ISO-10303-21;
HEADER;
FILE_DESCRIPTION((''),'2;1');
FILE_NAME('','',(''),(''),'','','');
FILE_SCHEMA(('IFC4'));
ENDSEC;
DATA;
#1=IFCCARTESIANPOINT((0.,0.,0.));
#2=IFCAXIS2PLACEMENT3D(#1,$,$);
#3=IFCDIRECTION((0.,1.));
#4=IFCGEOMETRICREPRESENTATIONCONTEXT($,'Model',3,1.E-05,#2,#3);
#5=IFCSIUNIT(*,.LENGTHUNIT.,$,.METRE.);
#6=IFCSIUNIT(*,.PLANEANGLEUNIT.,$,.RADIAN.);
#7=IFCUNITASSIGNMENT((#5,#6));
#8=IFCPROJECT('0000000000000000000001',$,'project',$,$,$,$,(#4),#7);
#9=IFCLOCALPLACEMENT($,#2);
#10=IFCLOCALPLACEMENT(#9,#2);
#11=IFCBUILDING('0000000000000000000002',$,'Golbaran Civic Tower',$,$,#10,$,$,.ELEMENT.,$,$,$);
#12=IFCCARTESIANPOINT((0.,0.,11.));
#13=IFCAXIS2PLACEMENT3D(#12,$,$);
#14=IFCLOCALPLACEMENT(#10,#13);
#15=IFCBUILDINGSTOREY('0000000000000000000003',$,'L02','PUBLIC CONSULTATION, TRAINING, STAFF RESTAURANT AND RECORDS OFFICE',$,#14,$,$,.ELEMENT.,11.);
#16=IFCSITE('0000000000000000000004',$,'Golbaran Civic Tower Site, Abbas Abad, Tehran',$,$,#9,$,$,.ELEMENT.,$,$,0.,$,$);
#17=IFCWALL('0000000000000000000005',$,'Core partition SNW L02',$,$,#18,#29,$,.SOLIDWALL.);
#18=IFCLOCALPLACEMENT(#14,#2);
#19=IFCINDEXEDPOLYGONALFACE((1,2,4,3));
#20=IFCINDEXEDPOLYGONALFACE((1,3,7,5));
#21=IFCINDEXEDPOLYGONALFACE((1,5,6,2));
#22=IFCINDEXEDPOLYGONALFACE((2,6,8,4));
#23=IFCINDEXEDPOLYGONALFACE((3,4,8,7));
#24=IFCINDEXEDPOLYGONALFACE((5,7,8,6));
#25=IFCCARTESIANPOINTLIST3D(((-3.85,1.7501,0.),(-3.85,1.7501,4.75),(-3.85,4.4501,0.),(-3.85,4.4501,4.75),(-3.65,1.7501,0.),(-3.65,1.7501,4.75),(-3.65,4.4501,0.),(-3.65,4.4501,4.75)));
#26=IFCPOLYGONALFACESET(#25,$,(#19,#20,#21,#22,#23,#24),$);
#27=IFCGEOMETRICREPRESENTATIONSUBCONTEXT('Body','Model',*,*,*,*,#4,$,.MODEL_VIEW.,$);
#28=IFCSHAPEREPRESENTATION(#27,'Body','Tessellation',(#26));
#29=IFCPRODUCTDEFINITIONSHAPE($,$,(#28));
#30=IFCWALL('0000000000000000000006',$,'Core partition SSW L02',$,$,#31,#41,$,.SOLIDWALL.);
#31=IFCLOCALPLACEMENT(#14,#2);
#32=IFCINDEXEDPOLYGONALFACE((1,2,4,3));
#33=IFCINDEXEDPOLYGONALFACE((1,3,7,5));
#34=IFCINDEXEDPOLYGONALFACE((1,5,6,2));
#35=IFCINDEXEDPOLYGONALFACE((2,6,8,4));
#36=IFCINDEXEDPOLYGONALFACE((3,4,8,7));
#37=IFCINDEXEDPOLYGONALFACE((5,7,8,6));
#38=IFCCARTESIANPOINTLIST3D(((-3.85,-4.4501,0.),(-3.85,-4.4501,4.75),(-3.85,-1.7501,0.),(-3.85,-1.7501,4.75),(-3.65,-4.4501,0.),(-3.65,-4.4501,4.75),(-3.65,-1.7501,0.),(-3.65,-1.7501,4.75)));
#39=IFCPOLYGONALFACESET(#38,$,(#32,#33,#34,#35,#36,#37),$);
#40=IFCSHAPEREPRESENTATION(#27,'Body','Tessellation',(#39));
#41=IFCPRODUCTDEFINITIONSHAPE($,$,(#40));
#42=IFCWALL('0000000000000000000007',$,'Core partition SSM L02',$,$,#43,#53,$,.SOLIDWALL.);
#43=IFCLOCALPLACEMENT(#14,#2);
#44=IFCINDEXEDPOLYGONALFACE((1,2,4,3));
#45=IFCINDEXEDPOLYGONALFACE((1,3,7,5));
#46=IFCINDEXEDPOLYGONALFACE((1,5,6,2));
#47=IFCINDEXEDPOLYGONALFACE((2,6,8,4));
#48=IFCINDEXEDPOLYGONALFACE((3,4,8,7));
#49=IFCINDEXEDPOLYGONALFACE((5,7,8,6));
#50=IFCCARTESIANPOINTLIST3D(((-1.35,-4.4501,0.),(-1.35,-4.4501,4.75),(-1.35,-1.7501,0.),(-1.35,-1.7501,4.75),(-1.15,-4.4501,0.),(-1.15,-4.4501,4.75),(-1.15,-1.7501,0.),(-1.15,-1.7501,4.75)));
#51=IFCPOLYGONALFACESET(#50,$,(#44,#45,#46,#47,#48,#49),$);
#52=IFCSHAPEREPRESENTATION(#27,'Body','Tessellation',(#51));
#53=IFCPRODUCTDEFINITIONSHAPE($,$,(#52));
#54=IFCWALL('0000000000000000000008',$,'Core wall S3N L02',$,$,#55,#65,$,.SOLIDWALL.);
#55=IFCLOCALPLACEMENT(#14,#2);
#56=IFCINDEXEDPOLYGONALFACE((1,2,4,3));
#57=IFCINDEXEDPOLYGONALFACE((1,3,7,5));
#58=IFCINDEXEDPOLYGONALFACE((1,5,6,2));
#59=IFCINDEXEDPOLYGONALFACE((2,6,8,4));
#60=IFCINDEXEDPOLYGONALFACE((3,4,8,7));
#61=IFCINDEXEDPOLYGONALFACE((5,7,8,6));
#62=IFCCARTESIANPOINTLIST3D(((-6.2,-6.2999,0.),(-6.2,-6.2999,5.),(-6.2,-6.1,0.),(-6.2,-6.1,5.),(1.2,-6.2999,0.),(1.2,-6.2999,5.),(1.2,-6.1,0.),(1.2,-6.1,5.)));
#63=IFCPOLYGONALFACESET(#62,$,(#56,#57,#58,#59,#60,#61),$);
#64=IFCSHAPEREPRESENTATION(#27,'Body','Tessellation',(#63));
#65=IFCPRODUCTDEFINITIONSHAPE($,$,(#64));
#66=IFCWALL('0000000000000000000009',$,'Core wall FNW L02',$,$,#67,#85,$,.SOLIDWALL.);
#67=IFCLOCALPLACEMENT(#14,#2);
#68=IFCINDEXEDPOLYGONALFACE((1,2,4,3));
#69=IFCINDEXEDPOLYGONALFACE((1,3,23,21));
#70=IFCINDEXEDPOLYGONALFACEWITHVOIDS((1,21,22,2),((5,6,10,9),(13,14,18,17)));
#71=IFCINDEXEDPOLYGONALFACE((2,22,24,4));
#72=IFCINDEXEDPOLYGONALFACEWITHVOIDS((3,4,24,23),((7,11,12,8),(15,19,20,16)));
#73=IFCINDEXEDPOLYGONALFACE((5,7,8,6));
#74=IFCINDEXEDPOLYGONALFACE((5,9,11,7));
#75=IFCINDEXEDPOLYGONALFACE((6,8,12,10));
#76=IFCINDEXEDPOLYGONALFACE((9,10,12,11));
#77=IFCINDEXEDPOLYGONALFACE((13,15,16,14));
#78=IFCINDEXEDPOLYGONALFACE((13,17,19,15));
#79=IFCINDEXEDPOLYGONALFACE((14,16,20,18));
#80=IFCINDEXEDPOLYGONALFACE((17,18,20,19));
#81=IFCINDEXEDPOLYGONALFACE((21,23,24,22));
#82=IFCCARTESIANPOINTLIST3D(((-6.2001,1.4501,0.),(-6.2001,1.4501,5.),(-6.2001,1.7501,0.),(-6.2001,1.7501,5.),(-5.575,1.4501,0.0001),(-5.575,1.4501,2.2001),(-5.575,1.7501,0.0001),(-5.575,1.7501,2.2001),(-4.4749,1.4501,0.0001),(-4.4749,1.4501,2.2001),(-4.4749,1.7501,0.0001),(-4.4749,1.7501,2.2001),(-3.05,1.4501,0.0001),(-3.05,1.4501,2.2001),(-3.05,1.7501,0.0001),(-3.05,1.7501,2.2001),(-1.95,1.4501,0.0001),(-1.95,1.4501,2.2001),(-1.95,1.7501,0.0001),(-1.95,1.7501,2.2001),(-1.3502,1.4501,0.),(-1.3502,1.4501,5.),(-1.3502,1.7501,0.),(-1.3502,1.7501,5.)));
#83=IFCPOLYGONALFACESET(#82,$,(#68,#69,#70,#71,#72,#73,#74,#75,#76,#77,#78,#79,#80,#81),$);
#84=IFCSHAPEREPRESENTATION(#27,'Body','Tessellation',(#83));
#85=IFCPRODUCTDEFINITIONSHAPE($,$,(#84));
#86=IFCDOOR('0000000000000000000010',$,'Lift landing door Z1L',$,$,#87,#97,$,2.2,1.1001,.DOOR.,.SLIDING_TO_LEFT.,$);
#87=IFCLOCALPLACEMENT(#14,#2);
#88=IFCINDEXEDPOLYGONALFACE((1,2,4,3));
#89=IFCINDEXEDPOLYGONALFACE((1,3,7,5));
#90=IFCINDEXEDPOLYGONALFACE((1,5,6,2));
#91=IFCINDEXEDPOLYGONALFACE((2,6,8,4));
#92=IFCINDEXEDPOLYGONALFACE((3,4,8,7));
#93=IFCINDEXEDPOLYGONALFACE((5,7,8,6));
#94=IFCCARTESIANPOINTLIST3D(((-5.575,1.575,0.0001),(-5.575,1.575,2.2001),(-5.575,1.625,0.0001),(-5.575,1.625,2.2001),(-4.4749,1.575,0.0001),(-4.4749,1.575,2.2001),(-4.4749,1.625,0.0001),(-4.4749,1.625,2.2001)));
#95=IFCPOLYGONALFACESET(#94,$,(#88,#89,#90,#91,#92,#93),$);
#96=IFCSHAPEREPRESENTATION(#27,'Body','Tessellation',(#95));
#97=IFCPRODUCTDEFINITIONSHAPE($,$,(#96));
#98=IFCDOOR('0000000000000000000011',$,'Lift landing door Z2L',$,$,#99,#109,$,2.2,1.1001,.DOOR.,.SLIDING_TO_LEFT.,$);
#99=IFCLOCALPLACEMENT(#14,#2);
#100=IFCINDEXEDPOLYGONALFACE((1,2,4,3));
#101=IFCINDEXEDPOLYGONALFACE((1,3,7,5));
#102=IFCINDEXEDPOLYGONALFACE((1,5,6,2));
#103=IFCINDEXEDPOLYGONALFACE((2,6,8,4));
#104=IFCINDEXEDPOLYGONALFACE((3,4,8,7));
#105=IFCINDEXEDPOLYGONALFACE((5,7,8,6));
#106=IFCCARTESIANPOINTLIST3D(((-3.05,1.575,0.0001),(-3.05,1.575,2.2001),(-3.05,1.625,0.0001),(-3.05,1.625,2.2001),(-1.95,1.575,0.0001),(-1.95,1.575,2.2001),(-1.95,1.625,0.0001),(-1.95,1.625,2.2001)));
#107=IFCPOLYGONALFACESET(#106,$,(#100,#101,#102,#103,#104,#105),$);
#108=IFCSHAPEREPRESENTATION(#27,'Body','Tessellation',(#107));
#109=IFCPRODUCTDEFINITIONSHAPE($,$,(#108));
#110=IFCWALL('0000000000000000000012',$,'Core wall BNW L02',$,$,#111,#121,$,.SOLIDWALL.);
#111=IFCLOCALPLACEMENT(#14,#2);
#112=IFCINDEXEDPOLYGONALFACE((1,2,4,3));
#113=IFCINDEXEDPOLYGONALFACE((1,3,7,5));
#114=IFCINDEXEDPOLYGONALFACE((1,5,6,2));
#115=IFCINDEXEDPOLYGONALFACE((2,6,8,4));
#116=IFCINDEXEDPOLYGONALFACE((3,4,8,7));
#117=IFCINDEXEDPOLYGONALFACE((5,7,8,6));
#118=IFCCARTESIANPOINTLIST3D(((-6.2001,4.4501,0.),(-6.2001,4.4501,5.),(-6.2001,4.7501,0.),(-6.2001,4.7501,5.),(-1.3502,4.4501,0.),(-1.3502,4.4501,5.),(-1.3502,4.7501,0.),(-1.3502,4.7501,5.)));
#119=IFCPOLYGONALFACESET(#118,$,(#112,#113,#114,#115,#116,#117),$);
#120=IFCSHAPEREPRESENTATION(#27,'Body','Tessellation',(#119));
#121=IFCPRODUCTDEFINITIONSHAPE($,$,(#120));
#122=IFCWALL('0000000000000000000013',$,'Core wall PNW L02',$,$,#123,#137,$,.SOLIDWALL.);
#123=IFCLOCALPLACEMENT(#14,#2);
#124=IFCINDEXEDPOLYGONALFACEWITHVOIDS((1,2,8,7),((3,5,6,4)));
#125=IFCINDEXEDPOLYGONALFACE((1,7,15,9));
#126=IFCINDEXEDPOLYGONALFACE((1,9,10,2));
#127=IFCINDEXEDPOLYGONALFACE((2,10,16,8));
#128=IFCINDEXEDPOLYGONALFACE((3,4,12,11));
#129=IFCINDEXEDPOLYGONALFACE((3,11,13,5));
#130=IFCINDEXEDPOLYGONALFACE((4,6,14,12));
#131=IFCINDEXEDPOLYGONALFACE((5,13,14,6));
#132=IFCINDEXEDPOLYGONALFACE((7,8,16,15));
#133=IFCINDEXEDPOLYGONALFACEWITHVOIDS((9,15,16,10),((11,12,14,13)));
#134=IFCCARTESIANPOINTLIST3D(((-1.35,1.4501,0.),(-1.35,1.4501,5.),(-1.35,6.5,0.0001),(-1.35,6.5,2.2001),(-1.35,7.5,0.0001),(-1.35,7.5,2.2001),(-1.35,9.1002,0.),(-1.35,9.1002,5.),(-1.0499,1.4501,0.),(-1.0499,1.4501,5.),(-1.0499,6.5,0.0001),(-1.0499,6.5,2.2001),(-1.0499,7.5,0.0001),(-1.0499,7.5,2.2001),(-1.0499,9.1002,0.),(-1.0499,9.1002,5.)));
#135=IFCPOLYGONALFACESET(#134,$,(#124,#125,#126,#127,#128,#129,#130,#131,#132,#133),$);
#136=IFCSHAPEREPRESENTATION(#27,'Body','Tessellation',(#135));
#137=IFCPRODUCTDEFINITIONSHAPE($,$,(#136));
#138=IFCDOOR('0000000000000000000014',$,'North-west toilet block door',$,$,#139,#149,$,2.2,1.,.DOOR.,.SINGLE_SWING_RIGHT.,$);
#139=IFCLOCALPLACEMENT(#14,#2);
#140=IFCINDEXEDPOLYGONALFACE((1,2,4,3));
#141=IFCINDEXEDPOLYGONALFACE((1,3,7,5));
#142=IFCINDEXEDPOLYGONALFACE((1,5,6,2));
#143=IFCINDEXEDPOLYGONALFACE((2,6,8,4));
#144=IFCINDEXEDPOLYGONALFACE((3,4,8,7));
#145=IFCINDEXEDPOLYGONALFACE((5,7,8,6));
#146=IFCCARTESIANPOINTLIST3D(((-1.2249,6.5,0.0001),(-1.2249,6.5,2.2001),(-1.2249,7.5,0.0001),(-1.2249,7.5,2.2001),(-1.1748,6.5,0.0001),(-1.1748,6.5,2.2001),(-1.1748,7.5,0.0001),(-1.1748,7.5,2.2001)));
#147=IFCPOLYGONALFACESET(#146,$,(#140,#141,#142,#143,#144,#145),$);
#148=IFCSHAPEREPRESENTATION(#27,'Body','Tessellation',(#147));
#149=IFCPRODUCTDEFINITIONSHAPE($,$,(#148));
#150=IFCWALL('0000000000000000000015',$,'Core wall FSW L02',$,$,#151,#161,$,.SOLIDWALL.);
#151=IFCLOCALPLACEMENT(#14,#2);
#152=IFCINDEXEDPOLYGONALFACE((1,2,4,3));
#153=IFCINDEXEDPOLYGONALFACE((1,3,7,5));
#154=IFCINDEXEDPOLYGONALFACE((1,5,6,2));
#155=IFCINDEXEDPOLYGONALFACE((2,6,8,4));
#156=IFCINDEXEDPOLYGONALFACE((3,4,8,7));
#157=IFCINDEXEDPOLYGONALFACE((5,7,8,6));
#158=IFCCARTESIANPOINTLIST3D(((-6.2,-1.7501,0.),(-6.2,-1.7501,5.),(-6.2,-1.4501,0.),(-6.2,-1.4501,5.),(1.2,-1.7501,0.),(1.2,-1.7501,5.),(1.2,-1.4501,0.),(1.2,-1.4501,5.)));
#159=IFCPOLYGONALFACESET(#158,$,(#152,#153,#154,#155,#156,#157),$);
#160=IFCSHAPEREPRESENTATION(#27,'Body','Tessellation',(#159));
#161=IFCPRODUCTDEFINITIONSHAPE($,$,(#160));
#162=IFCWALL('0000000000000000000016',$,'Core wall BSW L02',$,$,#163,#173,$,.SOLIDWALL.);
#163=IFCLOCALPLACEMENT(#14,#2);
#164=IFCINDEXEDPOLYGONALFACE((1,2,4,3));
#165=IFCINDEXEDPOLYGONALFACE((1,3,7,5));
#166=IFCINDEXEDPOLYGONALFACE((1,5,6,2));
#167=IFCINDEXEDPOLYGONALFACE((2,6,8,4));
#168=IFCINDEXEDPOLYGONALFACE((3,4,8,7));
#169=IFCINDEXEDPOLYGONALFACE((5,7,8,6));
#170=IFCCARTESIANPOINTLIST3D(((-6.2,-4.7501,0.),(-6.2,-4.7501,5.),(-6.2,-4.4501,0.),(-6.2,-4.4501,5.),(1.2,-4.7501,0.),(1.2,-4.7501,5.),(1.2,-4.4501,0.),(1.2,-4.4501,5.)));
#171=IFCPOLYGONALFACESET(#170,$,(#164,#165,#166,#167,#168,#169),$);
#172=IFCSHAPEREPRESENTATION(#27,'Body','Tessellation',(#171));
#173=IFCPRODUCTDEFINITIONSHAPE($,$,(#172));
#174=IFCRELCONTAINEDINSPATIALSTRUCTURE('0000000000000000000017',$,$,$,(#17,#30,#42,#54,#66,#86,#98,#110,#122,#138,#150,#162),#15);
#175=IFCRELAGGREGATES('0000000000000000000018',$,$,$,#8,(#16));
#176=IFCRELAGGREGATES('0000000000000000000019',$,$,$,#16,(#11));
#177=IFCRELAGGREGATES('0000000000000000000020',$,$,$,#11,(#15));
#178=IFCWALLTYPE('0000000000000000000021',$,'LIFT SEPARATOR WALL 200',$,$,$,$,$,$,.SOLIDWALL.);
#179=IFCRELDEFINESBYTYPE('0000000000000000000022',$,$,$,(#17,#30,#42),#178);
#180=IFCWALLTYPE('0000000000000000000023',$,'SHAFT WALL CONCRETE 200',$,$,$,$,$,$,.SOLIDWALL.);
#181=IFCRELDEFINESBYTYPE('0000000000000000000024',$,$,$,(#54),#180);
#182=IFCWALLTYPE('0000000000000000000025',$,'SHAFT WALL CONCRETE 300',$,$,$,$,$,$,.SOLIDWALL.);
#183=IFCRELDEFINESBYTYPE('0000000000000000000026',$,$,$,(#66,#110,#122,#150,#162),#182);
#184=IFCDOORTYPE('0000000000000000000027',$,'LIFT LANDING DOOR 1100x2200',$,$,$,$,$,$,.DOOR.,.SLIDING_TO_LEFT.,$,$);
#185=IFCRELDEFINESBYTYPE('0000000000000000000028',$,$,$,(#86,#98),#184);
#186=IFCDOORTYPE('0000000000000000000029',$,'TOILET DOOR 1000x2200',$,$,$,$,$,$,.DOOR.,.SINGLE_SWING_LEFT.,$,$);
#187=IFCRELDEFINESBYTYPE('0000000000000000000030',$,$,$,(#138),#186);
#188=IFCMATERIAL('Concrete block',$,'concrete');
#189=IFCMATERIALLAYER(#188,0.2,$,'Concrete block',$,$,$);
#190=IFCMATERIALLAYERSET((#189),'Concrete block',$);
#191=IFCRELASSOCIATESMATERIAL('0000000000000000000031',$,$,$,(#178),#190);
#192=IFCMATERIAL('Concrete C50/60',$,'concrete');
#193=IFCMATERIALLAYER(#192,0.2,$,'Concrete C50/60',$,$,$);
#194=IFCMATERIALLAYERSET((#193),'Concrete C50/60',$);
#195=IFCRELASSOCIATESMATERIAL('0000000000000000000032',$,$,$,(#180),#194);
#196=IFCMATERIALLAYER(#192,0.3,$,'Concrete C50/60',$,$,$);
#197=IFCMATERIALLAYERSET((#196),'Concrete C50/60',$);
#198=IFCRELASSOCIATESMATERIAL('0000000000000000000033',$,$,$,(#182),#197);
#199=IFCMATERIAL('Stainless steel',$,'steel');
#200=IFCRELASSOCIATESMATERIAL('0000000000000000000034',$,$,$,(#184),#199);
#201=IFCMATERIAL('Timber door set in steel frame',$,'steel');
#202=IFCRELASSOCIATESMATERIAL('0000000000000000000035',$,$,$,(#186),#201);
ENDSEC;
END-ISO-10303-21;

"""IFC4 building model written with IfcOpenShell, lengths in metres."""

from ifc_helpers import new_model, si_unit, direction, frame, frame_2d, origin, place, context, subcontext, project, spatial, rectangle, extrude, material, layer, layer_set, type_object, element, fill, save


model = new_model("IFC4")

# Units and contexts
model_context = context("Model", 3, precision=1e-05, world=origin(), true_north=direction((0.0, 1.0)))
body_context = subcontext(model_context, "Body", "Model", "MODEL_VIEW")
ifc_project = project(units=[si_unit("LENGTHUNIT", "METRE"), si_unit("PLANEANGLEUNIT", "RADIAN")], contexts=[model_context])

# Site, building, storey
site_placement = place(None, origin())
site = spatial("IfcSite", under=ifc_project, at=site_placement, Name="Golbaran Civic Tower Site, Abbas Abad, Tehran", CompositionType="ELEMENT", RefElevation=0.0)
building_placement = place(site_placement, origin())
building = spatial("IfcBuilding", under=site, at=building_placement, Name="Golbaran Civic Tower", CompositionType="ELEMENT")
storey_placement = place(building_placement, frame((0.0, 0.0, 11.0)))
storey = spatial("IfcBuildingStorey", under=building, at=storey_placement, Name="L02", Description="PUBLIC CONSULTATION, TRAINING, STAFF RESTAURANT AND RECORDS OFFICE", CompositionType="ELEMENT", Elevation=11.0)

# Walls
ifc_material_1 = material(Name="Concrete block", Category="concrete")
ifc_layer_1 = layer(ifc_material_1, 0.2, Name="Concrete block")
ifc_layer_set_1 = layer_set([ifc_layer_1], Name="Concrete block")
wall_type_1 = type_object("IfcWallType", Name="LIFT SEPARATOR WALL 200", PredefinedType="SOLIDWALL", material=ifc_layer_set_1)
for number, where, z_axis, x_axis, name in (
    (1, (-3.75, 1.75, 0.0), (0.0, 0.0, 1.0), (0.0, 1.0, 0.0), "Core partition SNW L02"),
    (2, (-3.75, -1.75, 0.0), (0.0, 0.0, 1.0), (0.0, -1.0, 0.0), "Core partition SSW L02"),
    (3, (-1.25, -1.75, 0.0), (0.0, 0.0, 1.0), (0.0, -1.0, 0.0), "Core partition SSM L02"),
):
    element("IfcWall", number, at=place(storey_placement, frame(where, z_axis=z_axis, x_axis=x_axis)), inside=storey, type_object=wall_type_1, Name=name, PredefinedType="SOLIDWALL", context=body_context, shape_type="SweptSolid", body=[
        extrude(rectangle(XDim=2.7, YDim=0.2, at=frame_2d((1.3501, 0.0))), origin(), (0.0, 0.0, 1.0), 4.75),
    ])
ifc_material_2 = material(Name="Concrete C50/60", Category="concrete")
ifc_layer_2 = layer(ifc_material_2, 0.2, Name="Concrete C50/60")
ifc_layer_set_2 = layer_set([ifc_layer_2], Name="Concrete C50/60")
wall_type_2 = type_object("IfcWallType", Name="SHAFT WALL CONCRETE 200", PredefinedType="SOLIDWALL", material=ifc_layer_set_2)
wall_1_placement = place(storey_placement, frame((-6.2, -6.2, 0.0), z_axis=(0.0, 0.0, 1.0), x_axis=(1.0, 0.0, 0.0)))
element("IfcWall", 4, at=wall_1_placement, inside=storey, type_object=wall_type_2, Name="Core wall S3N L02", PredefinedType="SOLIDWALL", context=body_context, shape_type="SweptSolid", body=[
    extrude(rectangle(XDim=7.3999, YDim=0.2, at=frame_2d((3.7, 0.0))), origin(), (0.0, 0.0, 1.0), 5.0),
])

# Wall, openings, doors
ifc_layer_3 = layer(ifc_material_2, 0.3, Name="Concrete C50/60")
ifc_layer_set_3 = layer_set([ifc_layer_3], Name="Concrete C50/60")
wall_type_3 = type_object("IfcWallType", Name="SHAFT WALL CONCRETE 300", PredefinedType="SOLIDWALL", material=ifc_layer_set_3)
wall_2_placement = place(storey_placement, frame((-6.2, 1.6001, 0.0), z_axis=(0.0, 0.0, 1.0), x_axis=(1.0, 0.0, 0.0)))
wall_2 = element("IfcWall", 5, at=wall_2_placement, inside=storey, type_object=wall_type_3, Name="Core wall FNW L02", PredefinedType="SOLIDWALL", context=body_context, shape_type="SweptSolid", body=[
    extrude(rectangle(XDim=4.8499, YDim=0.3, at=frame_2d((2.4248, 0.0))), origin(), (0.0, 0.0, 1.0), 5.0),
])
opening_1_placement = place(wall_2_placement, frame((0.625, 0.0, 0.0)))
opening_1 = element("IfcOpeningElement", 6, at=opening_1_placement, cuts=wall_2, PredefinedType="OPENING", context=body_context, shape_type="SweptSolid", body=[
    extrude(rectangle(XDim=1.1001, YDim=2.2, at=frame_2d((0.55, 1.1001))), frame((0.0, 0.1599, 0.0), z_axis=(0.0, -1.0, 0.0), x_axis=(1.0, 0.0, 0.0)), (0.0, 0.0, 1.0), 0.3201),
])
opening_2_placement = place(wall_2_placement, frame((3.1499, 0.0, 0.0)))
opening_2 = element("IfcOpeningElement", 7, at=opening_2_placement, cuts=wall_2, PredefinedType="OPENING", context=body_context, shape_type="SweptSolid", body=[
    extrude(rectangle(XDim=1.1001, YDim=2.2, at=frame_2d((0.55, 1.1001))), frame((0.0, 0.1599, 0.0), z_axis=(0.0, -1.0, 0.0), x_axis=(1.0, 0.0, 0.0)), (0.0, 0.0, 1.0), 0.3201),
])
ifc_material_3 = material(Name="Stainless steel", Category="steel")
door_type_1 = type_object("IfcDoorType", Name="LIFT LANDING DOOR 1100x2200", OperationType="SLIDING_TO_LEFT", PredefinedType="DOOR", material=ifc_material_3)
door_1_placement = place(opening_1_placement, origin())
door_1 = element("IfcDoor", 8, at=door_1_placement, inside=storey, type_object=door_type_1, Name="Lift landing door Z1L", OperationType="SLIDING_TO_LEFT", OverallHeight=2.2, OverallWidth=1.1001, PredefinedType="DOOR", context=body_context, shape_type="SweptSolid", body=[
    extrude(rectangle(XDim=1.1001, YDim=2.2, at=frame_2d((0.55, 1.1001))), frame((0.0, 0.0249, 0.0), z_axis=(0.0, -1.0, 0.0), x_axis=(1.0, 0.0, 0.0)), (0.0, 0.0, 1.0), 0.05),
])
fill(opening_1, door_1)
door_2_placement = place(opening_2_placement, origin())
door_2 = element("IfcDoor", 9, at=door_2_placement, inside=storey, type_object=door_type_1, Name="Lift landing door Z2L", OperationType="SLIDING_TO_LEFT", OverallHeight=2.2, OverallWidth=1.1001, PredefinedType="DOOR", context=body_context, shape_type="SweptSolid", body=[
    extrude(rectangle(XDim=1.1001, YDim=2.2, at=frame_2d((0.55, 1.1001))), frame((0.0, 0.0249, 0.0), z_axis=(0.0, -1.0, 0.0), x_axis=(1.0, 0.0, 0.0)), (0.0, 0.0, 1.0), 0.05),
])
fill(opening_2, door_2)

# Wall
wall_3_placement = place(storey_placement, frame((-6.2, 4.6001, 0.0), z_axis=(0.0, 0.0, 1.0), x_axis=(1.0, 0.0, 0.0)))
element("IfcWall", 10, at=wall_3_placement, inside=storey, type_object=wall_type_3, Name="Core wall BNW L02", PredefinedType="SOLIDWALL", context=body_context, shape_type="SweptSolid", body=[
    extrude(rectangle(XDim=4.8499, YDim=0.3, at=frame_2d((2.4248, 0.0))), origin(), (0.0, 0.0, 1.0), 5.0),
])

# Wall, opening, door
wall_4_placement = place(storey_placement, frame((-1.2, 1.45, 0.0), z_axis=(0.0, 0.0, 1.0), x_axis=(0.0, 1.0, 0.0)))
wall_4 = element("IfcWall", 11, at=wall_4_placement, inside=storey, type_object=wall_type_3, Name="Core wall PNW L02", PredefinedType="SOLIDWALL", context=body_context, shape_type="SweptSolid", body=[
    extrude(rectangle(XDim=7.6501, YDim=0.3, at=frame_2d((3.8252, 0.0))), origin(), (0.0, 0.0, 1.0), 5.0),
])
opening_3_placement = place(wall_4_placement, frame((5.05, 0.0, 0.0)))
opening_3 = element("IfcOpeningElement", 12, at=opening_3_placement, cuts=wall_4, PredefinedType="OPENING", context=body_context, shape_type="SweptSolid", body=[
    extrude(rectangle(XDim=1.0, YDim=2.2, at=frame_2d((0.5, 1.1001))), frame((0.0, 0.1599, 0.0), z_axis=(0.0, -1.0, 0.0), x_axis=(1.0, 0.0, 0.0)), (0.0, 0.0, 1.0), 0.3201),
])
ifc_material_4 = material(Name="Timber door set in steel frame", Category="steel")
door_type_2 = type_object("IfcDoorType", Name="TOILET DOOR 1000x2200", OperationType="SINGLE_SWING_LEFT", PredefinedType="DOOR", material=ifc_material_4)
door_3_placement = place(opening_3_placement, origin())
door_3 = element("IfcDoor", 13, at=door_3_placement, inside=storey, type_object=door_type_2, Name="North-west toilet block door", OperationType="SINGLE_SWING_RIGHT", OverallHeight=2.2, OverallWidth=1.0, PredefinedType="DOOR", context=body_context, shape_type="SweptSolid", body=[
    extrude(rectangle(XDim=1.0, YDim=2.2, at=frame_2d((0.5, 1.1001))), frame((0.0, 0.0249, 0.0), z_axis=(0.0, -1.0, 0.0), x_axis=(1.0, 0.0, 0.0)), (0.0, 0.0, 1.0), 0.05),
])
fill(opening_3, door_3)

# Walls
for number, where, z_axis, x_axis, name in (
    (14, (-6.2, -1.6001, 0.0), (0.0, 0.0, 1.0), (1.0, 0.0, 0.0), "Core wall FSW L02"),
    (15, (-6.2, -4.6001, 0.0), (0.0, 0.0, 1.0), (1.0, 0.0, 0.0), "Core wall BSW L02"),
):
    element("IfcWall", number, at=place(storey_placement, frame(where, z_axis=z_axis, x_axis=x_axis)), inside=storey, type_object=wall_type_3, Name=name, PredefinedType="SOLIDWALL", context=body_context, shape_type="SweptSolid", body=[
        extrude(rectangle(XDim=7.3999, YDim=0.3, at=frame_2d((3.7, 0.0))), origin(), (0.0, 0.0, 1.0), 5.0),
    ])

save(model, "model.ifc")
